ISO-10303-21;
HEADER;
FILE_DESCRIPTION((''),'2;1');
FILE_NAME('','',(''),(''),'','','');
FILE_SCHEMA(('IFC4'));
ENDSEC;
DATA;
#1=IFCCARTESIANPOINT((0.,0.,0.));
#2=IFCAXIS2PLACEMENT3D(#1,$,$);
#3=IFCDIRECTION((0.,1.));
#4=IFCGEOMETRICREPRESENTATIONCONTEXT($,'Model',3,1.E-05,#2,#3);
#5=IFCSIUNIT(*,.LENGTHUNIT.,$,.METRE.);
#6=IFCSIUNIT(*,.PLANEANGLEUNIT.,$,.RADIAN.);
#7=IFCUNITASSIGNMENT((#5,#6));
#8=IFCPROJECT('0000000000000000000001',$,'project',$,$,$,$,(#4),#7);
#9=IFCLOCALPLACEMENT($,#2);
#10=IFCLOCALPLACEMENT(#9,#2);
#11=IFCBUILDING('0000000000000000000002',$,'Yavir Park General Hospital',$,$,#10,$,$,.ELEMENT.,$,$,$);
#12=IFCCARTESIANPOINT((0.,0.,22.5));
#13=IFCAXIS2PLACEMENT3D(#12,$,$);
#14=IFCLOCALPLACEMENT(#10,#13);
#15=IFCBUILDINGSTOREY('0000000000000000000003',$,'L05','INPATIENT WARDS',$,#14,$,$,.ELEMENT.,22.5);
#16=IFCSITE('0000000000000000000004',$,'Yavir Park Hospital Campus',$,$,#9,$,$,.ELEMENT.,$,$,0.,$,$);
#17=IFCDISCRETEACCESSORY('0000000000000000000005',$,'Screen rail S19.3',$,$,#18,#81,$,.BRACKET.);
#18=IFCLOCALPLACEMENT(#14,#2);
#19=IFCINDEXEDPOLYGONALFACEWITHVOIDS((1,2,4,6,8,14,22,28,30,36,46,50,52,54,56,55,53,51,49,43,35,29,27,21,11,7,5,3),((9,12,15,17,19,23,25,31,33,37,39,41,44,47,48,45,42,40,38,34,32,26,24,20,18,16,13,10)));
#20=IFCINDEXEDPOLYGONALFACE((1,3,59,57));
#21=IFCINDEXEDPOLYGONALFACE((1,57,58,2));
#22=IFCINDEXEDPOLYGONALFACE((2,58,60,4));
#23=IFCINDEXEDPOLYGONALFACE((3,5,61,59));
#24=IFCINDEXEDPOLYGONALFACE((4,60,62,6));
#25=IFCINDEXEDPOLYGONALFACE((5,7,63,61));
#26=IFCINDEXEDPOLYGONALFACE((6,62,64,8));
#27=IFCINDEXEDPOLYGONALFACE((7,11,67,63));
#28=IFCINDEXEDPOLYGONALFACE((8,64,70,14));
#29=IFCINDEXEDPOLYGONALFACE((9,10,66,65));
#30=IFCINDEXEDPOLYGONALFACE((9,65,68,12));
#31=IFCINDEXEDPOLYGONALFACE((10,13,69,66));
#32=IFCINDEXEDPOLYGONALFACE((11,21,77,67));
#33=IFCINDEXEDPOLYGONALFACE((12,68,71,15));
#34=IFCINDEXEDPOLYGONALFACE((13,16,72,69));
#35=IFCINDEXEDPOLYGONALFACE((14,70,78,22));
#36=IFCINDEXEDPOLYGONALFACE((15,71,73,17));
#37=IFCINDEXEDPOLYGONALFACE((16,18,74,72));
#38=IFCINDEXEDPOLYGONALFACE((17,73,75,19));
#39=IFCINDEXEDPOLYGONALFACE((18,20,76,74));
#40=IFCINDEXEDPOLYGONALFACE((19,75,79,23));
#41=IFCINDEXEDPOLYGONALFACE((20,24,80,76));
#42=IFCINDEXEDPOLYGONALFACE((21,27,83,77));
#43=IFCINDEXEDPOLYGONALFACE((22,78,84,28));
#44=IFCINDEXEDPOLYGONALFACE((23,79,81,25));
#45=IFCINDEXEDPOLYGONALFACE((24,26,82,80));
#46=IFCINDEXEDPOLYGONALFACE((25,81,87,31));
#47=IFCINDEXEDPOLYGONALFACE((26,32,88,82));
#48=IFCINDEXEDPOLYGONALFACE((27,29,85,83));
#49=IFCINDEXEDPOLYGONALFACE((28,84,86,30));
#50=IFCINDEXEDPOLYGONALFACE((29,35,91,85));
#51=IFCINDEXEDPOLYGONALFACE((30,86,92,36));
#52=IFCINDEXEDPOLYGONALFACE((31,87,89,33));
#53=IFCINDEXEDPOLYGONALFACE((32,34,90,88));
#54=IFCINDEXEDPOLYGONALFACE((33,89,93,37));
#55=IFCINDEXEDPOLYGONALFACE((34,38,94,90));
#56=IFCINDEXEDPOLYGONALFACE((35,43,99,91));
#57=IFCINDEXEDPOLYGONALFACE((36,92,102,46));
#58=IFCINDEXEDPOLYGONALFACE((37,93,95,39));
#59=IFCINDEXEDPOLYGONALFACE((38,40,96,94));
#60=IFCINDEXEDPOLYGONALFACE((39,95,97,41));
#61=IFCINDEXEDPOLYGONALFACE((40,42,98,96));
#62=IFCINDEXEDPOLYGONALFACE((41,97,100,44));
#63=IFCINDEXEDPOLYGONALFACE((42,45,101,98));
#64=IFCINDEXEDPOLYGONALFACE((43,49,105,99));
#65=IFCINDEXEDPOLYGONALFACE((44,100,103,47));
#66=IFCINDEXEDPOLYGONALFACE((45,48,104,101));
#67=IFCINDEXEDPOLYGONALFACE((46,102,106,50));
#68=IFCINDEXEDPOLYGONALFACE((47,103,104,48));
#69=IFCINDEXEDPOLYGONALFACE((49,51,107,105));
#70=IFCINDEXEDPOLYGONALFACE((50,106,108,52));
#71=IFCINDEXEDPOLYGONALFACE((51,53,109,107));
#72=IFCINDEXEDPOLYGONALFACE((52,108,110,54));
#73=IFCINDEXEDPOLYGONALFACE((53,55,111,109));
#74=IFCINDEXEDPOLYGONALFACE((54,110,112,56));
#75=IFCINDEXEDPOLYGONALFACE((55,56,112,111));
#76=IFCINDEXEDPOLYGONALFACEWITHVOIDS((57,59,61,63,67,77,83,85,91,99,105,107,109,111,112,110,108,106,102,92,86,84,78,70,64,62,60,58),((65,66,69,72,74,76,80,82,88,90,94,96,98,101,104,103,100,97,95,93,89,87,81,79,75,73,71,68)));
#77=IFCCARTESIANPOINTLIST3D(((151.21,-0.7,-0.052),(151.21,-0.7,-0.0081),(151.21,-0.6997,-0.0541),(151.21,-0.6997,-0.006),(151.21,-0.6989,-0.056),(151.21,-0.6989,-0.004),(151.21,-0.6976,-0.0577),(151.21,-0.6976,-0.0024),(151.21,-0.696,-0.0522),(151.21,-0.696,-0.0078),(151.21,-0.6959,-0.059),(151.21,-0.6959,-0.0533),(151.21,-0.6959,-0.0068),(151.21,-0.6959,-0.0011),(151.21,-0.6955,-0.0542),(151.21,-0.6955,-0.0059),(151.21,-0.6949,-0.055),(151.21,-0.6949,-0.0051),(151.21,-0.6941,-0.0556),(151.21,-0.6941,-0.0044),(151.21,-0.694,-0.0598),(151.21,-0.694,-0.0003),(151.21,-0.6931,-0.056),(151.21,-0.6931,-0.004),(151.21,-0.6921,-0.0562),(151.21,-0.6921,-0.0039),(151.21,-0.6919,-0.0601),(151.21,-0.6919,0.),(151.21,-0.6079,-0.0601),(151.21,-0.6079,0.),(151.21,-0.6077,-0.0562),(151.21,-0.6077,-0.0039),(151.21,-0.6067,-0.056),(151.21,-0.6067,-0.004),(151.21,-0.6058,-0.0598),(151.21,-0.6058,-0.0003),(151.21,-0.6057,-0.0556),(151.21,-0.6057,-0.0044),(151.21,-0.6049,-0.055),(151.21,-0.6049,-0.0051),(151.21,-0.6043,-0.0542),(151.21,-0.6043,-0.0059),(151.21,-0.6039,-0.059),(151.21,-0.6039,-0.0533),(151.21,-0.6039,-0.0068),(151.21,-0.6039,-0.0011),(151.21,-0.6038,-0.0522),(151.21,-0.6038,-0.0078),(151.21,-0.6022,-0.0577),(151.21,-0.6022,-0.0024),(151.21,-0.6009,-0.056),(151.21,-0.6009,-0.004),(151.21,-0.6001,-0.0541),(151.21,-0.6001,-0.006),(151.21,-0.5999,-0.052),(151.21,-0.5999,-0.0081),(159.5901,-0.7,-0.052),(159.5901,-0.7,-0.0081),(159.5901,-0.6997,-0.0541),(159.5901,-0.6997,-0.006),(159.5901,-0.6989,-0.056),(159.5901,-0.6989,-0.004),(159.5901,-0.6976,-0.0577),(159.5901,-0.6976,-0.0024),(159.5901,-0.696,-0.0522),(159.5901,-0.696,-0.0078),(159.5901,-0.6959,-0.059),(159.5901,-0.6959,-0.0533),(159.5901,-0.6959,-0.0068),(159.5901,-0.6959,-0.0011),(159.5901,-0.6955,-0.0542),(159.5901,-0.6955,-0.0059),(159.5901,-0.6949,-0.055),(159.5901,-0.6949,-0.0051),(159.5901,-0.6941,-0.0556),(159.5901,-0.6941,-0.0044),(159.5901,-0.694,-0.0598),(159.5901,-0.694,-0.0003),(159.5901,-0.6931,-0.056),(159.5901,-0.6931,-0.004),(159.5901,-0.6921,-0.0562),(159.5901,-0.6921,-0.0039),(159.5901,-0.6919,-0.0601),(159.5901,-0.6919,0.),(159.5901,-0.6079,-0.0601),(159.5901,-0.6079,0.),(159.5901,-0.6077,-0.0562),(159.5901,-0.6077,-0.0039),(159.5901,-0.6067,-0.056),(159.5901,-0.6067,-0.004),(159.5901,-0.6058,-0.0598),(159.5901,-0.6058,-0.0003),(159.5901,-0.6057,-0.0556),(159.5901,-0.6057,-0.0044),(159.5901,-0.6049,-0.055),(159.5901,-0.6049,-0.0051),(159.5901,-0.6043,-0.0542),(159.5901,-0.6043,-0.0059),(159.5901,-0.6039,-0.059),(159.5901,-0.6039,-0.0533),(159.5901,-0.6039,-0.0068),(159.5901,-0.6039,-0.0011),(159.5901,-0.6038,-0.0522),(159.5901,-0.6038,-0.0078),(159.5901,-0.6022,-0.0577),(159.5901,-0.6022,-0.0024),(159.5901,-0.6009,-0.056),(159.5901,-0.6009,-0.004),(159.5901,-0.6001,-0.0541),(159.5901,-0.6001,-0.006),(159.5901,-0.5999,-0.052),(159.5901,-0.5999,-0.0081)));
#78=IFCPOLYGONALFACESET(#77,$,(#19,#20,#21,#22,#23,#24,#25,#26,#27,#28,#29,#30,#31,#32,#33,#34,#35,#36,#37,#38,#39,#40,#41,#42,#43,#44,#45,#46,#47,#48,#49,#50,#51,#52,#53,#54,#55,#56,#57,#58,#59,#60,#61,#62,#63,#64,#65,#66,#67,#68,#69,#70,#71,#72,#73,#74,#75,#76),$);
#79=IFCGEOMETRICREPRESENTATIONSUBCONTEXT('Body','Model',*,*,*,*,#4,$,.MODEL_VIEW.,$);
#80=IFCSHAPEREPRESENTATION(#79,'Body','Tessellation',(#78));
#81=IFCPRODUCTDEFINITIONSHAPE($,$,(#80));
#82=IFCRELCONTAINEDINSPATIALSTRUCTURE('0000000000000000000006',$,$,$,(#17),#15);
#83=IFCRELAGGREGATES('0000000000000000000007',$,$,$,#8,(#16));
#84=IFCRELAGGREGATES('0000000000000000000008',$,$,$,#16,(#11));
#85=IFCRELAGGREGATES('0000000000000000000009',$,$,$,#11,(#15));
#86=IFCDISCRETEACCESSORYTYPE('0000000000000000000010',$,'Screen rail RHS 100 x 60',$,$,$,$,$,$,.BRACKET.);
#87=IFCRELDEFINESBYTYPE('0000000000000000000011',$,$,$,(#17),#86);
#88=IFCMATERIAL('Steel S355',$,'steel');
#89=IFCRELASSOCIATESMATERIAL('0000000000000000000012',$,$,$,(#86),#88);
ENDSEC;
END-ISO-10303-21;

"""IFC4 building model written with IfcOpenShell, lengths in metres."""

from ifc_helpers import new_model, si_unit, direction, frame, origin, origin_2d, place, context, subcontext, project, spatial, hollow_rectangle, extrude, material, material_profile, profile_set, type_object, element, save


model = new_model("IFC4")

# Units and contexts
model_context = context("Model", 3, precision=1e-05, world=origin(), true_north=direction((0.0, 1.0)))
body_context = subcontext(model_context, "Body", "Model", "MODEL_VIEW")
ifc_project = project(units=[si_unit("LENGTHUNIT", "METRE"), si_unit("PLANEANGLEUNIT", "RADIAN")], contexts=[model_context])

# Site, building, storey
site_placement = place(None, origin())
site = spatial("IfcSite", under=ifc_project, at=site_placement, Name="Yavir Park Hospital Campus", CompositionType="ELEMENT", RefElevation=0.0)
building_placement = place(site_placement, origin())
building = spatial("IfcBuilding", under=site, at=building_placement, Name="Yavir Park General Hospital", CompositionType="ELEMENT")
storey_placement = place(building_placement, frame((0.0, 0.0, 22.5)))
storey = spatial("IfcBuildingStorey", under=building, at=storey_placement, Name="L05", Description="INPATIENT WARDS", CompositionType="ELEMENT", Elevation=22.5)

# Discrete accessory
ifc_material_1 = material(Name="Steel S355", Category="steel")
ifc_material_profile_1 = material_profile(ifc_material_1, hollow_rectangle(XDim=0.1001, YDim=0.0601, WallThickness=0.0039, InnerFilletRadius=0.0039, OuterFilletRadius=0.0081, at=origin_2d()), Name="RHS60x100x4")
ifc_profile_set_1 = profile_set([ifc_material_profile_1], Name="Steel S355")
discrete_accessory_type_1 = type_object("IfcDiscreteAccessoryType", Name="Screen rail RHS 100 x 60", PredefinedType="BRACKET", material=ifc_profile_set_1)
discrete_accessory_placement = place(storey_placement, frame((151.21, -0.6499, -0.03), z_axis=(1.0, 0.0, 0.0), x_axis=(0.0, 1.0, 0.0)))
element("IfcDiscreteAccessory", 1, at=discrete_accessory_placement, inside=storey, type_object=discrete_accessory_type_1, Name="Screen rail S19.3", PredefinedType="BRACKET", context=body_context, shape_type="SweptSolid", body=[
    extrude(hollow_rectangle(XDim=0.1001, YDim=0.0601, WallThickness=0.0039, InnerFilletRadius=0.0039, OuterFilletRadius=0.0081, at=origin_2d()), origin(), (0.0, 0.0, 1.0), 8.3801),
])

save(model, "model.ifc")
